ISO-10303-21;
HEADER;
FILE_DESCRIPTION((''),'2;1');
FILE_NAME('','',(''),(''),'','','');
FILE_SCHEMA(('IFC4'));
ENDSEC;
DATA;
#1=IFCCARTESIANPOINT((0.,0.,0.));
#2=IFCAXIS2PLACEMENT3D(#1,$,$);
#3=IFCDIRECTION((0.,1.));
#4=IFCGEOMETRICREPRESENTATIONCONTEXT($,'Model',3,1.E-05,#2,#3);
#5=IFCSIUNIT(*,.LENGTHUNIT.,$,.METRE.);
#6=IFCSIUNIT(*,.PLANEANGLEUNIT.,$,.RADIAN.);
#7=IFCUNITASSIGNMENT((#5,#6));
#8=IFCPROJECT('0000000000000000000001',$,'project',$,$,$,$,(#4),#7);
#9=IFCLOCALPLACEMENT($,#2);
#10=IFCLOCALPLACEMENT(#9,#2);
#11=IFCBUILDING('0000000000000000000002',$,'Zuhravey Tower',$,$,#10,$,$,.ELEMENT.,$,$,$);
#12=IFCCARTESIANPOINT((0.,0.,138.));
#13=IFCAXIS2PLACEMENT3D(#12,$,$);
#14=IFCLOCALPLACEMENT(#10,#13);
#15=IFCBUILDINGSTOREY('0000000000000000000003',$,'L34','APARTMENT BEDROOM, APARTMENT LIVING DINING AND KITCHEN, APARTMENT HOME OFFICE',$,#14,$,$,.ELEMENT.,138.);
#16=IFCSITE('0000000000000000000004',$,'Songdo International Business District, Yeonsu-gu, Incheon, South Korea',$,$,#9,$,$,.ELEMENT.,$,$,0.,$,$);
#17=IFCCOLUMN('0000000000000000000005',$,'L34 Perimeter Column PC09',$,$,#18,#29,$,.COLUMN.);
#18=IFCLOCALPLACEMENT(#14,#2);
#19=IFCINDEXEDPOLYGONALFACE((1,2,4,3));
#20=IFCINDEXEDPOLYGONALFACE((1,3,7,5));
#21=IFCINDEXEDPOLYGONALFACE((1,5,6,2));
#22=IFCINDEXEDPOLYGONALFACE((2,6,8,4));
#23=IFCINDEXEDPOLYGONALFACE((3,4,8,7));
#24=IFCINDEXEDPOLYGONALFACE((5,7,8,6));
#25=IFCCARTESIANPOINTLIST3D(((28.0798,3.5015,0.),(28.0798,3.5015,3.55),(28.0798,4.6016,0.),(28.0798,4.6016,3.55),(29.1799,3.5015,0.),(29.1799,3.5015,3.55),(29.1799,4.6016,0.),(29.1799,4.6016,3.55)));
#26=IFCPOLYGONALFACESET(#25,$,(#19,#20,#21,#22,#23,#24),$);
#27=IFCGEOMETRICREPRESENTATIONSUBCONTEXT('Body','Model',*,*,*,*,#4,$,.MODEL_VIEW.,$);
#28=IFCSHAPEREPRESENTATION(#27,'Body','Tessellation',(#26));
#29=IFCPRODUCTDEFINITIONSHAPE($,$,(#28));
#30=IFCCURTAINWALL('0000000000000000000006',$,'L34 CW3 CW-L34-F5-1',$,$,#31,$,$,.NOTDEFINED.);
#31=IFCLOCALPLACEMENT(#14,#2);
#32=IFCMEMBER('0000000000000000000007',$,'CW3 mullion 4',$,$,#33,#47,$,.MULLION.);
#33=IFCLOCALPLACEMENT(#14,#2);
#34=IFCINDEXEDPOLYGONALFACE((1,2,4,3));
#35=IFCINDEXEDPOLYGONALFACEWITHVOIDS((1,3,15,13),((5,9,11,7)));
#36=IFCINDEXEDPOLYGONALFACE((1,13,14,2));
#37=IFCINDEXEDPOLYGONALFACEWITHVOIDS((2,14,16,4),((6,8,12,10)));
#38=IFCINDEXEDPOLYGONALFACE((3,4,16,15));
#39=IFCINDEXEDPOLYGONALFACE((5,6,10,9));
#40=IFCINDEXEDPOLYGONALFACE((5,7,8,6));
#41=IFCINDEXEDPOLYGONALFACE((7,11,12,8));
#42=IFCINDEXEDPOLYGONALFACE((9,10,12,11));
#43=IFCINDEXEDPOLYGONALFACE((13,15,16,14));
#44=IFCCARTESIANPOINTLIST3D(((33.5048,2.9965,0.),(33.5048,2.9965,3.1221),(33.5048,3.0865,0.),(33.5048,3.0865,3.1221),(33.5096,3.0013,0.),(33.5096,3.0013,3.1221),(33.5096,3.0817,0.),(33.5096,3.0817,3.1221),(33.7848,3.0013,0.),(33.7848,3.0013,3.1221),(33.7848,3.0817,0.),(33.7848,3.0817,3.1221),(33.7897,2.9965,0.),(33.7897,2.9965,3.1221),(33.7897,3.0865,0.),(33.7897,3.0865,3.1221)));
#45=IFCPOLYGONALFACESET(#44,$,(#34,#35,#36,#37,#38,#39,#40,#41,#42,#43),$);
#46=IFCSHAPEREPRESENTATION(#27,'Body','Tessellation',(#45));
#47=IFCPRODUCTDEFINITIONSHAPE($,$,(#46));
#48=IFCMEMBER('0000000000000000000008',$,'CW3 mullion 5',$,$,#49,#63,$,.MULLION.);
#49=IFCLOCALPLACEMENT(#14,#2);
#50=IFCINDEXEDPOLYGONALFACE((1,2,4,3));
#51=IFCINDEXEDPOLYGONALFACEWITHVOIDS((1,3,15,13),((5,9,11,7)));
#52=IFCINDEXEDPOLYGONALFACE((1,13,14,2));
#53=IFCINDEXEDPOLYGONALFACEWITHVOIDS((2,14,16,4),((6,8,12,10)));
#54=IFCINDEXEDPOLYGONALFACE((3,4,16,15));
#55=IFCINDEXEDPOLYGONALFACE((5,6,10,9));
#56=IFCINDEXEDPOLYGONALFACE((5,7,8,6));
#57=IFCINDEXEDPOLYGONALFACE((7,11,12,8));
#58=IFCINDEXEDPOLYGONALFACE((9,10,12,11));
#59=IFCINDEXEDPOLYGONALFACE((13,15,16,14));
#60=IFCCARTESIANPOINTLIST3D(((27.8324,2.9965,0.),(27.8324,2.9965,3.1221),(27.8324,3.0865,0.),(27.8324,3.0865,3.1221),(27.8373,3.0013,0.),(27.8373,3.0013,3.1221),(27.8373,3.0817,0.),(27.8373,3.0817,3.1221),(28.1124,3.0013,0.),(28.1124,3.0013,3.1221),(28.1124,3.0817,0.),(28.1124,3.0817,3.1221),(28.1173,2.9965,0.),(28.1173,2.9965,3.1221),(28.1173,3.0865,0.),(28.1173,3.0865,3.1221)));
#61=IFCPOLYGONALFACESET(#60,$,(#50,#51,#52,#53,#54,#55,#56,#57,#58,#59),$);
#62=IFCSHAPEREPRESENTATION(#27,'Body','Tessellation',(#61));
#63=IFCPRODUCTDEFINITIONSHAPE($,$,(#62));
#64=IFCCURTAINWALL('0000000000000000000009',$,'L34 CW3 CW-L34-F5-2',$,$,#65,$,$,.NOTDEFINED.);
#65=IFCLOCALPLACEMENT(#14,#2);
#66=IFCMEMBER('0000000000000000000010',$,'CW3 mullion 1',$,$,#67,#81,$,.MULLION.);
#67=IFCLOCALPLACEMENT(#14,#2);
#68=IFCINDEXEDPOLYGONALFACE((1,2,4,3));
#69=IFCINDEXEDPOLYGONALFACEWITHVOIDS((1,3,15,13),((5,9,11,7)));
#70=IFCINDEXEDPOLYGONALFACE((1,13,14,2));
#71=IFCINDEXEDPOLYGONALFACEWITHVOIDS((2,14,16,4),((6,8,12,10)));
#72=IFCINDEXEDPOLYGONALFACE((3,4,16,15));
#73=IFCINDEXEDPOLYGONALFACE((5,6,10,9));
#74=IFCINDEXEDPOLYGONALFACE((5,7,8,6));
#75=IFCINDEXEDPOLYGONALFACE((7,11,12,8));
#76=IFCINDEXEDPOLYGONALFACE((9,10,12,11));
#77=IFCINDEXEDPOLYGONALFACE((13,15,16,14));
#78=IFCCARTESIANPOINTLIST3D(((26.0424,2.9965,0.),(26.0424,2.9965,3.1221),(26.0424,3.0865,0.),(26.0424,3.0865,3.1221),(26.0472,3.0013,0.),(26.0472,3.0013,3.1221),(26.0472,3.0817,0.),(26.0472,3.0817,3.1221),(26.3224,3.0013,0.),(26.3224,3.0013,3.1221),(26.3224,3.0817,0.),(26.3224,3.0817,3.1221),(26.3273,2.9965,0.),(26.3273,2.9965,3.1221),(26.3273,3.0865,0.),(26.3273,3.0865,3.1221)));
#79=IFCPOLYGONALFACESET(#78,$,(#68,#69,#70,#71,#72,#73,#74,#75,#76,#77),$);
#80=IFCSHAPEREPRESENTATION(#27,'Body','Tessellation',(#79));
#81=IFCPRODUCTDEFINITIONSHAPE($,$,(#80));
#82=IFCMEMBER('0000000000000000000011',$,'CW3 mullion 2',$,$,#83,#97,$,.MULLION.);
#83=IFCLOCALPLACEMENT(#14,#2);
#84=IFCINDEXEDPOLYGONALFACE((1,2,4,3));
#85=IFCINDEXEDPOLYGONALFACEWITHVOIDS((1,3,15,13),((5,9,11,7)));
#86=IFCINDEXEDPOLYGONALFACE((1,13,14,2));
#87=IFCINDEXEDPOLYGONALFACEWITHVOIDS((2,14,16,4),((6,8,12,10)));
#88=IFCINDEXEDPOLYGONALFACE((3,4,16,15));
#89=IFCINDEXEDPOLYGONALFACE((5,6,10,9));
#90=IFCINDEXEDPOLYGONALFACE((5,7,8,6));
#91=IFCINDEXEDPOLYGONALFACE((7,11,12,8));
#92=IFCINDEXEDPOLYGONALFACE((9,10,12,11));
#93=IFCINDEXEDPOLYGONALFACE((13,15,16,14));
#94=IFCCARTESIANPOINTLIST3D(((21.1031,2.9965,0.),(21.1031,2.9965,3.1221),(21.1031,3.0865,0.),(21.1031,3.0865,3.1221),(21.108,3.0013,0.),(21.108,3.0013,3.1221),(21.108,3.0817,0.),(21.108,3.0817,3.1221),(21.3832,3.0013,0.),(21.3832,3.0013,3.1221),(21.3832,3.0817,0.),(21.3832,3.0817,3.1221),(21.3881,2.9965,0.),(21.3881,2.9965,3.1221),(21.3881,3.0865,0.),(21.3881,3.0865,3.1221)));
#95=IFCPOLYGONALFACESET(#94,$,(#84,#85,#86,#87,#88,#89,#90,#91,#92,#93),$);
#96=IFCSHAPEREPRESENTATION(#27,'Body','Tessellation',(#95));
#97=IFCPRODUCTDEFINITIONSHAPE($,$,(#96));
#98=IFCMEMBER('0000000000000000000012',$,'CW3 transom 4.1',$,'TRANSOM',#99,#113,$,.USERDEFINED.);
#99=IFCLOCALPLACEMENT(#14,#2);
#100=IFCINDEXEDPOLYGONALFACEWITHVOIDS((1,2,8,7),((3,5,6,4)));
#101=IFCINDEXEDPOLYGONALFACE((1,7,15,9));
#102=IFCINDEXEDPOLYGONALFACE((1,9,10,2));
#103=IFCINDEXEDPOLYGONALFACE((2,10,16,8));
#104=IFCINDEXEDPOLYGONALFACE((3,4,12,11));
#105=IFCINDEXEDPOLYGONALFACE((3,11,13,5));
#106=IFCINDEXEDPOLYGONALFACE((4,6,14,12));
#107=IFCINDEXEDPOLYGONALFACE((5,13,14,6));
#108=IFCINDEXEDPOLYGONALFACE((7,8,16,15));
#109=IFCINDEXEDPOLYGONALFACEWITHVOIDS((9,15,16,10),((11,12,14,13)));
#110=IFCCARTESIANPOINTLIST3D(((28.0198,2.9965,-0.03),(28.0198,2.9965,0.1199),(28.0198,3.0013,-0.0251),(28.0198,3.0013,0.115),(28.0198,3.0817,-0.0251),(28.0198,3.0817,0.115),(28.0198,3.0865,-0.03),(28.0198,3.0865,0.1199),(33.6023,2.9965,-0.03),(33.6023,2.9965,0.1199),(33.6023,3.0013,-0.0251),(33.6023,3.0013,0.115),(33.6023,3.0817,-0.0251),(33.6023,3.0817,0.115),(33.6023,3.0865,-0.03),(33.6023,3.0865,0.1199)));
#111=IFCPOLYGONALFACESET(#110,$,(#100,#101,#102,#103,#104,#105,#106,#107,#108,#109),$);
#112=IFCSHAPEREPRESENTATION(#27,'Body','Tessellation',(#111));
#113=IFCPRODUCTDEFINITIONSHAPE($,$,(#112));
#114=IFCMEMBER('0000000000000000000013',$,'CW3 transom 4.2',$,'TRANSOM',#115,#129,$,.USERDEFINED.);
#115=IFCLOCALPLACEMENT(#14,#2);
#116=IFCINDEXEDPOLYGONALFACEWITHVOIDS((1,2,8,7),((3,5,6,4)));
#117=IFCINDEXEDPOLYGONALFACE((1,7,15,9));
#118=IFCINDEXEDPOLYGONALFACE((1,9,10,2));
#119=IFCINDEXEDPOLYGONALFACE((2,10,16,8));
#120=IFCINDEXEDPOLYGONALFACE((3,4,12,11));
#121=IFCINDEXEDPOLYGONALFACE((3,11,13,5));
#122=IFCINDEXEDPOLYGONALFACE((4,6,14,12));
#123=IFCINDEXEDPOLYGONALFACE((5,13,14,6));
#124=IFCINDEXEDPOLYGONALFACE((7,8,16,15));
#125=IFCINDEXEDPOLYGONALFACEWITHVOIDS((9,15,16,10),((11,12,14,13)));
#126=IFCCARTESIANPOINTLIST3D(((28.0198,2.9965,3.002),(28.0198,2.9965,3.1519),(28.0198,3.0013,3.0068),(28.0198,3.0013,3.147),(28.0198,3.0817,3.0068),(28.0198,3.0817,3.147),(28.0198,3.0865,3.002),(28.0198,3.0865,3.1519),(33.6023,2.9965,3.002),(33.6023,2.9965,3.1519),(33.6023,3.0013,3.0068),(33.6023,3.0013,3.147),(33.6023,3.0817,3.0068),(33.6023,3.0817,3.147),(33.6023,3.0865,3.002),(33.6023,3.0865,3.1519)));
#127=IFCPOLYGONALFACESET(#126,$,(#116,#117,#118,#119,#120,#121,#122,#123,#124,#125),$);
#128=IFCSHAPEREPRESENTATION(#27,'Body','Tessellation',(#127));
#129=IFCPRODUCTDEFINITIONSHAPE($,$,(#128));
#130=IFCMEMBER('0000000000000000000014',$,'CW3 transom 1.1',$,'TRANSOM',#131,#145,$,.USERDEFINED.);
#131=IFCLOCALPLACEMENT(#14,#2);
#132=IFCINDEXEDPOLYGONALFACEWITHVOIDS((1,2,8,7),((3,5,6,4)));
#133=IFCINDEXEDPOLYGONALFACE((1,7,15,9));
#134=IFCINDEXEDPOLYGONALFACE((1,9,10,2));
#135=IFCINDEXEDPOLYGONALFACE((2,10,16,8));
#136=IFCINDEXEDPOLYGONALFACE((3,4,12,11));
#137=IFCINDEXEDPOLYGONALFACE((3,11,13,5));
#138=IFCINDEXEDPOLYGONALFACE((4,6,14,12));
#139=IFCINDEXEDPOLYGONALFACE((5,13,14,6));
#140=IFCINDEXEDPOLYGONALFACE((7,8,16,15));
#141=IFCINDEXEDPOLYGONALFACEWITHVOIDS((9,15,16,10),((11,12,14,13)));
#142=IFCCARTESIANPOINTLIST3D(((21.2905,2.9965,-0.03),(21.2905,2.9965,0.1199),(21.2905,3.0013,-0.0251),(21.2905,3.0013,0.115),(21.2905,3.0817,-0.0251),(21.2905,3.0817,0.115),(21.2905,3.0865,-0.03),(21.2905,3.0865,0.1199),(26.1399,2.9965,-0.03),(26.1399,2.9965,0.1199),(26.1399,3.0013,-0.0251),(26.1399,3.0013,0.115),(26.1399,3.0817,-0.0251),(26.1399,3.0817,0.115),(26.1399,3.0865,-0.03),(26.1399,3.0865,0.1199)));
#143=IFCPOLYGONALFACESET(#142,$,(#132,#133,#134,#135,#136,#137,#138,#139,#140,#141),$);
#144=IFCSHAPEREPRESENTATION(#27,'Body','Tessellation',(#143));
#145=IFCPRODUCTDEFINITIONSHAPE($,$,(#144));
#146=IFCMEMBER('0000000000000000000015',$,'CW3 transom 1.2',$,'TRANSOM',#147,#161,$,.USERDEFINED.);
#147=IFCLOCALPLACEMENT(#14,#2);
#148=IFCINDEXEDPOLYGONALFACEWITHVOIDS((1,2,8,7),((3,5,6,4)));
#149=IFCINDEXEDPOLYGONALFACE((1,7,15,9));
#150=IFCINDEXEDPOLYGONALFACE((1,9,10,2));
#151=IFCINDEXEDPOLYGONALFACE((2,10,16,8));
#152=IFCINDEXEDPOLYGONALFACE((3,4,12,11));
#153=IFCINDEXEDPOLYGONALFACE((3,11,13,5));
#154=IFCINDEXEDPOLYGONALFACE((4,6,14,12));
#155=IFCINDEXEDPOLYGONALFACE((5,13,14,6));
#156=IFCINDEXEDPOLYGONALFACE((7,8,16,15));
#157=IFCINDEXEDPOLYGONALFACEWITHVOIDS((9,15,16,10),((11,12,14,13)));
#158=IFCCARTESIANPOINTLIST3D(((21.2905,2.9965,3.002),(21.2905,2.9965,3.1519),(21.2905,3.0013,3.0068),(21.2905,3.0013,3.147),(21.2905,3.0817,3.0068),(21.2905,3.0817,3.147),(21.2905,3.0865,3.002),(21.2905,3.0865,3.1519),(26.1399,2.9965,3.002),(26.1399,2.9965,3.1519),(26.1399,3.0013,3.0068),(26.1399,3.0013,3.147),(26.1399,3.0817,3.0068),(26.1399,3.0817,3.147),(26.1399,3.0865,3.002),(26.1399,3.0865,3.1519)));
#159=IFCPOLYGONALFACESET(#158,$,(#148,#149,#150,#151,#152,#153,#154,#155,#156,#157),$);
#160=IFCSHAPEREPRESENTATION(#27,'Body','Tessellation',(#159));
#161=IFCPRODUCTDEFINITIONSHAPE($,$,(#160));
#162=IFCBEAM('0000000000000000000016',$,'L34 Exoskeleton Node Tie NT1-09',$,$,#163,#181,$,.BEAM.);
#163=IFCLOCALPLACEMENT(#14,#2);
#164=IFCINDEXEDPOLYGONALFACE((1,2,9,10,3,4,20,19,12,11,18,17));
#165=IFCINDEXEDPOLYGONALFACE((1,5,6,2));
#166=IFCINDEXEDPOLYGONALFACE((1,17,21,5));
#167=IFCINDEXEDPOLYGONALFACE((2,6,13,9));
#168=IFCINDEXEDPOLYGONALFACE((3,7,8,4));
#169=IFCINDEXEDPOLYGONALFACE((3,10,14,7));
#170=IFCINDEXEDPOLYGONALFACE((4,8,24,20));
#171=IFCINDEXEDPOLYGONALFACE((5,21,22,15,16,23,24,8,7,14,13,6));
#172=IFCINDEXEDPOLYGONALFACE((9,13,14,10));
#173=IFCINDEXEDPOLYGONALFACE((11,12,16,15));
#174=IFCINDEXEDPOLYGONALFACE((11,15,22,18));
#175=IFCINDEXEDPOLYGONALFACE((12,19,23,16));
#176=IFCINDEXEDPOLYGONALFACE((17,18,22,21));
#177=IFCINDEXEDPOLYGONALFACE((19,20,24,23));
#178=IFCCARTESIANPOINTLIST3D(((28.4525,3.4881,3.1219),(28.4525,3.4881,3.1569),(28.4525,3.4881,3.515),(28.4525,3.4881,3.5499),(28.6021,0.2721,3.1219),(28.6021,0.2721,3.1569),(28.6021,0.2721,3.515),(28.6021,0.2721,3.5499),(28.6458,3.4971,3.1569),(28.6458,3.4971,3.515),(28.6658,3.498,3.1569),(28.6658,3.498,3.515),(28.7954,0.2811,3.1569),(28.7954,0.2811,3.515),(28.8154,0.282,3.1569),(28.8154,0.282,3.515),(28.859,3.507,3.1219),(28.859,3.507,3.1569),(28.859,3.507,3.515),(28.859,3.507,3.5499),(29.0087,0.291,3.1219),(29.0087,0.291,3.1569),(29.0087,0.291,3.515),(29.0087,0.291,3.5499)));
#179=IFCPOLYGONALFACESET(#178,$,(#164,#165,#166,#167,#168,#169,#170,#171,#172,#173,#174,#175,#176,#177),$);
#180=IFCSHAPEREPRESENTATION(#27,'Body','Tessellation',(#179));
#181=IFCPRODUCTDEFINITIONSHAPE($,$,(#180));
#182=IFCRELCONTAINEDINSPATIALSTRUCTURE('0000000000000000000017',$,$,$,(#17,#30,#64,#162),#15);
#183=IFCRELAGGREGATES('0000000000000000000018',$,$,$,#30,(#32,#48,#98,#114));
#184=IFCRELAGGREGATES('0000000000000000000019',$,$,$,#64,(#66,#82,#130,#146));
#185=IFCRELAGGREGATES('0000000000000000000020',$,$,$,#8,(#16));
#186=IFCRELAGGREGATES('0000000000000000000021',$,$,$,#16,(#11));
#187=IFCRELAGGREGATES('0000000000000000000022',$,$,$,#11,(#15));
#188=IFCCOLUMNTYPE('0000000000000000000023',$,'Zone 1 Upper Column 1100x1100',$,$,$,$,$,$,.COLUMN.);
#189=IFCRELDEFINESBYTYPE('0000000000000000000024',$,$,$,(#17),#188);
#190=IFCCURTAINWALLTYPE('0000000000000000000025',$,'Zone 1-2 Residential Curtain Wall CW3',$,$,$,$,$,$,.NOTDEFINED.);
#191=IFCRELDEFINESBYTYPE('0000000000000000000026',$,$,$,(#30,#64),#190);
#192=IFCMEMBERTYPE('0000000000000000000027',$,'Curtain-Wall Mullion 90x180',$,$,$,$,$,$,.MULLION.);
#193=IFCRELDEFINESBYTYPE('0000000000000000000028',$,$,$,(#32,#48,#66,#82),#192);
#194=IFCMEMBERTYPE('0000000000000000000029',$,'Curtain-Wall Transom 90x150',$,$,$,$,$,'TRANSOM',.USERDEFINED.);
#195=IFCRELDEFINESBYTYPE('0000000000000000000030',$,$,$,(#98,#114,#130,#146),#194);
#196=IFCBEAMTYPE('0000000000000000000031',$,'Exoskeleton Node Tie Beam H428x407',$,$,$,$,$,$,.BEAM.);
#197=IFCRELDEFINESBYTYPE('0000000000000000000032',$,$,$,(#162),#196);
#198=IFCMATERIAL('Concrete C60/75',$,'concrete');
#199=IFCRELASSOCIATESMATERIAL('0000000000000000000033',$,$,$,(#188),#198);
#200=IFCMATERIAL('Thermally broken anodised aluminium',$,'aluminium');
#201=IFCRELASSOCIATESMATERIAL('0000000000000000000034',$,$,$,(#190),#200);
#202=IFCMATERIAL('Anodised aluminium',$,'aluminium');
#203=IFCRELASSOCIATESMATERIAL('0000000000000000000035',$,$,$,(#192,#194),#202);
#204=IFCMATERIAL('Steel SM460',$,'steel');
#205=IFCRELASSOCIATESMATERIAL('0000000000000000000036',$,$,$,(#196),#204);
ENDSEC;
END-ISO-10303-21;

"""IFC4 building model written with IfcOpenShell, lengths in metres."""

from ifc_helpers import new_model, si_unit, direction, frame, origin, origin_2d, place, context, subcontext, project, spatial, rectangle, hollow_rectangle, i_section, extrude, material, material_profile, profile_set, type_object, element, aggregate, save


model = new_model("IFC4")

# Units and contexts
model_context = context("Model", 3, precision=1e-05, world=origin(), true_north=direction((0.0, 1.0)))
body_context = subcontext(model_context, "Body", "Model", "MODEL_VIEW")
ifc_project = project(units=[si_unit("LENGTHUNIT", "METRE"), si_unit("PLANEANGLEUNIT", "RADIAN")], contexts=[model_context])

# Site, building, storey
site_placement = place(None, origin())
site = spatial("IfcSite", under=ifc_project, at=site_placement, Name="Songdo International Business District, Yeonsu-gu, Incheon, South Korea", CompositionType="ELEMENT", RefElevation=0.0)
building_placement = place(site_placement, origin())
building = spatial("IfcBuilding", under=site, at=building_placement, Name="Zuhravey Tower", CompositionType="ELEMENT")
storey_placement = place(building_placement, frame((0.0, 0.0, 138.0)))
storey = spatial("IfcBuildingStorey", under=building, at=storey_placement, Name="L34", Description="APARTMENT BEDROOM, APARTMENT LIVING DINING AND KITCHEN, APARTMENT HOME OFFICE", CompositionType="ELEMENT", Elevation=138.0)

# Column
ifc_material_1 = material(Name="Concrete C60/75", Category="concrete")
ifc_material_profile_1 = material_profile(ifc_material_1, rectangle(XDim=1.1001, YDim=1.1001, at=origin_2d()), Name="RC-1100x1100")
ifc_profile_set_1 = profile_set([ifc_material_profile_1], Name="Concrete C60/75")
column_type = type_object("IfcColumnType", Name="Zone 1 Upper Column 1100x1100", PredefinedType="COLUMN", material=ifc_profile_set_1)
column_placement = place(storey_placement, frame((28.6299, 4.0515, 0.0), z_axis=(0.0, 0.0, 1.0), x_axis=(1.0, 0.0, 0.0)))
element("IfcColumn", 1, at=column_placement, inside=storey, type_object=column_type, Name="L34 Perimeter Column PC09", PredefinedType="COLUMN", context=body_context, shape_type="SweptSolid", body=[
    extrude(rectangle(XDim=1.1001, YDim=1.1001, at=origin_2d()), origin(), (0.0, 0.0, 1.0), 3.55),
])

# Curtain walls, members
ifc_material_2 = material(Name="Thermally broken anodised aluminium", Category="aluminium")
curtain_wall_type = type_object("IfcCurtainWallType", Name="Zone 1-2 Residential Curtain Wall CW3", PredefinedType="NOTDEFINED", material=ifc_material_2)
curtain_wall_1_placement = place(storey_placement, origin())
curtain_wall_1 = element("IfcCurtainWall", 2, at=curtain_wall_1_placement, inside=storey, type_object=curtain_wall_type, Name="L34 CW3 CW-L34-F5-1", PredefinedType="NOTDEFINED")
ifc_material_3 = material(Name="Anodised aluminium", Category="aluminium")
ifc_material_profile_2 = material_profile(ifc_material_3, hollow_rectangle(XDim=0.0901, YDim=0.2849, WallThickness=0.0049, at=origin_2d()), Name="ALU-RHS-90x285x5")
ifc_profile_set_2 = profile_set([ifc_material_profile_2], Name="Anodised aluminium")
member_type_1 = type_object("IfcMemberType", Name="Curtain-Wall Mullion 90x180", PredefinedType="MULLION", material=ifc_profile_set_2)
member_1_placement = place(storey_placement, frame((33.6472, 3.0415, 0.0), z_axis=(0.0, 0.0, 1.0), x_axis=(0.0, -1.0, 0.0)))
member_1 = element("IfcMember", 3, at=member_1_placement, type_object=member_type_1, Name="CW3 mullion 4", PredefinedType="MULLION", context=body_context, shape_type="SweptSolid", body=[
    extrude(hollow_rectangle(XDim=0.0901, YDim=0.2849, WallThickness=0.0049, at=origin_2d()), origin(), (0.0, 0.0, 1.0), 3.1221),
])
member_2_placement = place(storey_placement, frame((27.9749, 3.0415, 0.0), z_axis=(0.0, 0.0, 1.0), x_axis=(0.0, -1.0, 0.0)))
member_2 = element("IfcMember", 4, at=member_2_placement, type_object=member_type_1, Name="CW3 mullion 5", PredefinedType="MULLION", context=body_context, shape_type="SweptSolid", body=[
    extrude(hollow_rectangle(XDim=0.0901, YDim=0.2849, WallThickness=0.0049, at=origin_2d()), origin(), (0.0, 0.0, 1.0), 3.1221),
])
curtain_wall_2_placement = place(storey_placement, origin())
curtain_wall_2 = element("IfcCurtainWall", 5, at=curtain_wall_2_placement, inside=storey, type_object=curtain_wall_type, Name="L34 CW3 CW-L34-F5-2", PredefinedType="NOTDEFINED")
member_3_placement = place(storey_placement, frame((26.1848, 3.0415, 0.0), z_axis=(0.0, 0.0, 1.0), x_axis=(0.0, -1.0, 0.0)))
member_3 = element("IfcMember", 6, at=member_3_placement, type_object=member_type_1, Name="CW3 mullion 1", PredefinedType="MULLION", context=body_context, shape_type="SweptSolid", body=[
    extrude(hollow_rectangle(XDim=0.0901, YDim=0.2849, WallThickness=0.0049, at=origin_2d()), origin(), (0.0, 0.0, 1.0), 3.1221),
])
member_4_placement = place(storey_placement, frame((21.2456, 3.0415, 0.0), z_axis=(0.0, 0.0, 1.0), x_axis=(0.0, -1.0, 0.0)))
member_4 = element("IfcMember", 7, at=member_4_placement, type_object=member_type_1, Name="CW3 mullion 2", PredefinedType="MULLION", context=body_context, shape_type="SweptSolid", body=[
    extrude(hollow_rectangle(XDim=0.0901, YDim=0.2849, WallThickness=0.0049, at=origin_2d()), origin(), (0.0, 0.0, 1.0), 3.1221),
])

# Members
ifc_material_profile_3 = material_profile(ifc_material_3, hollow_rectangle(XDim=0.0901, YDim=0.1499, WallThickness=0.0049, at=origin_2d()), Name="ALU-RHS-90x150x5")
ifc_profile_set_3 = profile_set([ifc_material_profile_3], Name="Anodised aluminium")
member_type_2 = type_object("IfcMemberType", Name="Curtain-Wall Transom 90x150", ElementType="TRANSOM", PredefinedType="USERDEFINED", material=ifc_profile_set_3)
member_5_placement = place(storey_placement, frame((33.6023, 3.0415, 0.0449), z_axis=(-1.0, 0.0, 0.0), x_axis=(0.0, -1.0, 0.0)))
member_5 = element("IfcMember", 8, at=member_5_placement, type_object=member_type_2, Name="CW3 transom 4.1", ObjectType="TRANSOM", PredefinedType="USERDEFINED", context=body_context, shape_type="SweptSolid", body=[
    extrude(hollow_rectangle(XDim=0.0901, YDim=0.1499, WallThickness=0.0049, at=origin_2d()), origin(), (0.0, 0.0, 1.0), 5.5825),
])
member_6_placement = place(storey_placement, frame((33.6023, 3.0415, 3.0769), z_axis=(-1.0, 0.0, 0.0), x_axis=(0.0, -1.0, 0.0)))
member_6 = element("IfcMember", 9, at=member_6_placement, type_object=member_type_2, Name="CW3 transom 4.2", ObjectType="TRANSOM", PredefinedType="USERDEFINED", context=body_context, shape_type="SweptSolid", body=[
    extrude(hollow_rectangle(XDim=0.0901, YDim=0.1499, WallThickness=0.0049, at=origin_2d()), origin(), (0.0, 0.0, 1.0), 5.5825),
])
member_7_placement = place(storey_placement, frame((26.1399, 3.0415, 0.0449), z_axis=(-1.0, 0.0, 0.0), x_axis=(0.0, -1.0, 0.0)))
member_7 = element("IfcMember", 10, at=member_7_placement, type_object=member_type_2, Name="CW3 transom 1.1", ObjectType="TRANSOM", PredefinedType="USERDEFINED", context=body_context, shape_type="SweptSolid", body=[
    extrude(hollow_rectangle(XDim=0.0901, YDim=0.1499, WallThickness=0.0049, at=origin_2d()), origin(), (0.0, 0.0, 1.0), 4.8494),
])
member_8_placement = place(storey_placement, frame((26.1399, 3.0415, 3.0769), z_axis=(-1.0, 0.0, 0.0), x_axis=(0.0, -1.0, 0.0)))
member_8 = element("IfcMember", 11, at=member_8_placement, type_object=member_type_2, Name="CW3 transom 1.2", ObjectType="TRANSOM", PredefinedType="USERDEFINED", context=body_context, shape_type="SweptSolid", body=[
    extrude(hollow_rectangle(XDim=0.0901, YDim=0.1499, WallThickness=0.0049, at=origin_2d()), origin(), (0.0, 0.0, 1.0), 4.8494),
])

# Beam
ifc_material_4 = material(Name="Steel SM460", Category="steel")
ifc_material_profile_4 = material_profile(ifc_material_4, i_section(OverallWidth=0.407, OverallDepth=0.428, WebThickness=0.02, FlangeThickness=0.0349, at=origin_2d()), Name="H-428x407x20x35")
ifc_profile_set_4 = profile_set([ifc_material_profile_4], Name="Steel SM460")
beam_type_1 = type_object("IfcBeamType", Name="Exoskeleton Node Tie Beam H428x407", PredefinedType="BEAM", material=ifc_profile_set_4)
beam_1_placement = place(storey_placement, frame((28.6558, 3.4976, 3.3359), z_axis=(0.046484, -0.998919, 0.0), x_axis=(0.998919, 0.046484, 0.0)))
element("IfcBeam", 12, at=beam_1_placement, inside=storey, type_object=beam_type_1, Name="L34 Exoskeleton Node Tie NT1-09", PredefinedType="BEAM", context=body_context, shape_type="SweptSolid", body=[
    extrude(i_section(OverallWidth=0.407, OverallDepth=0.428, WebThickness=0.02, FlangeThickness=0.0349, at=origin_2d()), origin(), (0.0, 0.0, 1.0), 3.2195),
])

aggregate(curtain_wall_1, [member_1, member_2, member_5, member_6])
aggregate(curtain_wall_2, [member_3, member_4, member_7, member_8])

save(model, "model.ifc")
